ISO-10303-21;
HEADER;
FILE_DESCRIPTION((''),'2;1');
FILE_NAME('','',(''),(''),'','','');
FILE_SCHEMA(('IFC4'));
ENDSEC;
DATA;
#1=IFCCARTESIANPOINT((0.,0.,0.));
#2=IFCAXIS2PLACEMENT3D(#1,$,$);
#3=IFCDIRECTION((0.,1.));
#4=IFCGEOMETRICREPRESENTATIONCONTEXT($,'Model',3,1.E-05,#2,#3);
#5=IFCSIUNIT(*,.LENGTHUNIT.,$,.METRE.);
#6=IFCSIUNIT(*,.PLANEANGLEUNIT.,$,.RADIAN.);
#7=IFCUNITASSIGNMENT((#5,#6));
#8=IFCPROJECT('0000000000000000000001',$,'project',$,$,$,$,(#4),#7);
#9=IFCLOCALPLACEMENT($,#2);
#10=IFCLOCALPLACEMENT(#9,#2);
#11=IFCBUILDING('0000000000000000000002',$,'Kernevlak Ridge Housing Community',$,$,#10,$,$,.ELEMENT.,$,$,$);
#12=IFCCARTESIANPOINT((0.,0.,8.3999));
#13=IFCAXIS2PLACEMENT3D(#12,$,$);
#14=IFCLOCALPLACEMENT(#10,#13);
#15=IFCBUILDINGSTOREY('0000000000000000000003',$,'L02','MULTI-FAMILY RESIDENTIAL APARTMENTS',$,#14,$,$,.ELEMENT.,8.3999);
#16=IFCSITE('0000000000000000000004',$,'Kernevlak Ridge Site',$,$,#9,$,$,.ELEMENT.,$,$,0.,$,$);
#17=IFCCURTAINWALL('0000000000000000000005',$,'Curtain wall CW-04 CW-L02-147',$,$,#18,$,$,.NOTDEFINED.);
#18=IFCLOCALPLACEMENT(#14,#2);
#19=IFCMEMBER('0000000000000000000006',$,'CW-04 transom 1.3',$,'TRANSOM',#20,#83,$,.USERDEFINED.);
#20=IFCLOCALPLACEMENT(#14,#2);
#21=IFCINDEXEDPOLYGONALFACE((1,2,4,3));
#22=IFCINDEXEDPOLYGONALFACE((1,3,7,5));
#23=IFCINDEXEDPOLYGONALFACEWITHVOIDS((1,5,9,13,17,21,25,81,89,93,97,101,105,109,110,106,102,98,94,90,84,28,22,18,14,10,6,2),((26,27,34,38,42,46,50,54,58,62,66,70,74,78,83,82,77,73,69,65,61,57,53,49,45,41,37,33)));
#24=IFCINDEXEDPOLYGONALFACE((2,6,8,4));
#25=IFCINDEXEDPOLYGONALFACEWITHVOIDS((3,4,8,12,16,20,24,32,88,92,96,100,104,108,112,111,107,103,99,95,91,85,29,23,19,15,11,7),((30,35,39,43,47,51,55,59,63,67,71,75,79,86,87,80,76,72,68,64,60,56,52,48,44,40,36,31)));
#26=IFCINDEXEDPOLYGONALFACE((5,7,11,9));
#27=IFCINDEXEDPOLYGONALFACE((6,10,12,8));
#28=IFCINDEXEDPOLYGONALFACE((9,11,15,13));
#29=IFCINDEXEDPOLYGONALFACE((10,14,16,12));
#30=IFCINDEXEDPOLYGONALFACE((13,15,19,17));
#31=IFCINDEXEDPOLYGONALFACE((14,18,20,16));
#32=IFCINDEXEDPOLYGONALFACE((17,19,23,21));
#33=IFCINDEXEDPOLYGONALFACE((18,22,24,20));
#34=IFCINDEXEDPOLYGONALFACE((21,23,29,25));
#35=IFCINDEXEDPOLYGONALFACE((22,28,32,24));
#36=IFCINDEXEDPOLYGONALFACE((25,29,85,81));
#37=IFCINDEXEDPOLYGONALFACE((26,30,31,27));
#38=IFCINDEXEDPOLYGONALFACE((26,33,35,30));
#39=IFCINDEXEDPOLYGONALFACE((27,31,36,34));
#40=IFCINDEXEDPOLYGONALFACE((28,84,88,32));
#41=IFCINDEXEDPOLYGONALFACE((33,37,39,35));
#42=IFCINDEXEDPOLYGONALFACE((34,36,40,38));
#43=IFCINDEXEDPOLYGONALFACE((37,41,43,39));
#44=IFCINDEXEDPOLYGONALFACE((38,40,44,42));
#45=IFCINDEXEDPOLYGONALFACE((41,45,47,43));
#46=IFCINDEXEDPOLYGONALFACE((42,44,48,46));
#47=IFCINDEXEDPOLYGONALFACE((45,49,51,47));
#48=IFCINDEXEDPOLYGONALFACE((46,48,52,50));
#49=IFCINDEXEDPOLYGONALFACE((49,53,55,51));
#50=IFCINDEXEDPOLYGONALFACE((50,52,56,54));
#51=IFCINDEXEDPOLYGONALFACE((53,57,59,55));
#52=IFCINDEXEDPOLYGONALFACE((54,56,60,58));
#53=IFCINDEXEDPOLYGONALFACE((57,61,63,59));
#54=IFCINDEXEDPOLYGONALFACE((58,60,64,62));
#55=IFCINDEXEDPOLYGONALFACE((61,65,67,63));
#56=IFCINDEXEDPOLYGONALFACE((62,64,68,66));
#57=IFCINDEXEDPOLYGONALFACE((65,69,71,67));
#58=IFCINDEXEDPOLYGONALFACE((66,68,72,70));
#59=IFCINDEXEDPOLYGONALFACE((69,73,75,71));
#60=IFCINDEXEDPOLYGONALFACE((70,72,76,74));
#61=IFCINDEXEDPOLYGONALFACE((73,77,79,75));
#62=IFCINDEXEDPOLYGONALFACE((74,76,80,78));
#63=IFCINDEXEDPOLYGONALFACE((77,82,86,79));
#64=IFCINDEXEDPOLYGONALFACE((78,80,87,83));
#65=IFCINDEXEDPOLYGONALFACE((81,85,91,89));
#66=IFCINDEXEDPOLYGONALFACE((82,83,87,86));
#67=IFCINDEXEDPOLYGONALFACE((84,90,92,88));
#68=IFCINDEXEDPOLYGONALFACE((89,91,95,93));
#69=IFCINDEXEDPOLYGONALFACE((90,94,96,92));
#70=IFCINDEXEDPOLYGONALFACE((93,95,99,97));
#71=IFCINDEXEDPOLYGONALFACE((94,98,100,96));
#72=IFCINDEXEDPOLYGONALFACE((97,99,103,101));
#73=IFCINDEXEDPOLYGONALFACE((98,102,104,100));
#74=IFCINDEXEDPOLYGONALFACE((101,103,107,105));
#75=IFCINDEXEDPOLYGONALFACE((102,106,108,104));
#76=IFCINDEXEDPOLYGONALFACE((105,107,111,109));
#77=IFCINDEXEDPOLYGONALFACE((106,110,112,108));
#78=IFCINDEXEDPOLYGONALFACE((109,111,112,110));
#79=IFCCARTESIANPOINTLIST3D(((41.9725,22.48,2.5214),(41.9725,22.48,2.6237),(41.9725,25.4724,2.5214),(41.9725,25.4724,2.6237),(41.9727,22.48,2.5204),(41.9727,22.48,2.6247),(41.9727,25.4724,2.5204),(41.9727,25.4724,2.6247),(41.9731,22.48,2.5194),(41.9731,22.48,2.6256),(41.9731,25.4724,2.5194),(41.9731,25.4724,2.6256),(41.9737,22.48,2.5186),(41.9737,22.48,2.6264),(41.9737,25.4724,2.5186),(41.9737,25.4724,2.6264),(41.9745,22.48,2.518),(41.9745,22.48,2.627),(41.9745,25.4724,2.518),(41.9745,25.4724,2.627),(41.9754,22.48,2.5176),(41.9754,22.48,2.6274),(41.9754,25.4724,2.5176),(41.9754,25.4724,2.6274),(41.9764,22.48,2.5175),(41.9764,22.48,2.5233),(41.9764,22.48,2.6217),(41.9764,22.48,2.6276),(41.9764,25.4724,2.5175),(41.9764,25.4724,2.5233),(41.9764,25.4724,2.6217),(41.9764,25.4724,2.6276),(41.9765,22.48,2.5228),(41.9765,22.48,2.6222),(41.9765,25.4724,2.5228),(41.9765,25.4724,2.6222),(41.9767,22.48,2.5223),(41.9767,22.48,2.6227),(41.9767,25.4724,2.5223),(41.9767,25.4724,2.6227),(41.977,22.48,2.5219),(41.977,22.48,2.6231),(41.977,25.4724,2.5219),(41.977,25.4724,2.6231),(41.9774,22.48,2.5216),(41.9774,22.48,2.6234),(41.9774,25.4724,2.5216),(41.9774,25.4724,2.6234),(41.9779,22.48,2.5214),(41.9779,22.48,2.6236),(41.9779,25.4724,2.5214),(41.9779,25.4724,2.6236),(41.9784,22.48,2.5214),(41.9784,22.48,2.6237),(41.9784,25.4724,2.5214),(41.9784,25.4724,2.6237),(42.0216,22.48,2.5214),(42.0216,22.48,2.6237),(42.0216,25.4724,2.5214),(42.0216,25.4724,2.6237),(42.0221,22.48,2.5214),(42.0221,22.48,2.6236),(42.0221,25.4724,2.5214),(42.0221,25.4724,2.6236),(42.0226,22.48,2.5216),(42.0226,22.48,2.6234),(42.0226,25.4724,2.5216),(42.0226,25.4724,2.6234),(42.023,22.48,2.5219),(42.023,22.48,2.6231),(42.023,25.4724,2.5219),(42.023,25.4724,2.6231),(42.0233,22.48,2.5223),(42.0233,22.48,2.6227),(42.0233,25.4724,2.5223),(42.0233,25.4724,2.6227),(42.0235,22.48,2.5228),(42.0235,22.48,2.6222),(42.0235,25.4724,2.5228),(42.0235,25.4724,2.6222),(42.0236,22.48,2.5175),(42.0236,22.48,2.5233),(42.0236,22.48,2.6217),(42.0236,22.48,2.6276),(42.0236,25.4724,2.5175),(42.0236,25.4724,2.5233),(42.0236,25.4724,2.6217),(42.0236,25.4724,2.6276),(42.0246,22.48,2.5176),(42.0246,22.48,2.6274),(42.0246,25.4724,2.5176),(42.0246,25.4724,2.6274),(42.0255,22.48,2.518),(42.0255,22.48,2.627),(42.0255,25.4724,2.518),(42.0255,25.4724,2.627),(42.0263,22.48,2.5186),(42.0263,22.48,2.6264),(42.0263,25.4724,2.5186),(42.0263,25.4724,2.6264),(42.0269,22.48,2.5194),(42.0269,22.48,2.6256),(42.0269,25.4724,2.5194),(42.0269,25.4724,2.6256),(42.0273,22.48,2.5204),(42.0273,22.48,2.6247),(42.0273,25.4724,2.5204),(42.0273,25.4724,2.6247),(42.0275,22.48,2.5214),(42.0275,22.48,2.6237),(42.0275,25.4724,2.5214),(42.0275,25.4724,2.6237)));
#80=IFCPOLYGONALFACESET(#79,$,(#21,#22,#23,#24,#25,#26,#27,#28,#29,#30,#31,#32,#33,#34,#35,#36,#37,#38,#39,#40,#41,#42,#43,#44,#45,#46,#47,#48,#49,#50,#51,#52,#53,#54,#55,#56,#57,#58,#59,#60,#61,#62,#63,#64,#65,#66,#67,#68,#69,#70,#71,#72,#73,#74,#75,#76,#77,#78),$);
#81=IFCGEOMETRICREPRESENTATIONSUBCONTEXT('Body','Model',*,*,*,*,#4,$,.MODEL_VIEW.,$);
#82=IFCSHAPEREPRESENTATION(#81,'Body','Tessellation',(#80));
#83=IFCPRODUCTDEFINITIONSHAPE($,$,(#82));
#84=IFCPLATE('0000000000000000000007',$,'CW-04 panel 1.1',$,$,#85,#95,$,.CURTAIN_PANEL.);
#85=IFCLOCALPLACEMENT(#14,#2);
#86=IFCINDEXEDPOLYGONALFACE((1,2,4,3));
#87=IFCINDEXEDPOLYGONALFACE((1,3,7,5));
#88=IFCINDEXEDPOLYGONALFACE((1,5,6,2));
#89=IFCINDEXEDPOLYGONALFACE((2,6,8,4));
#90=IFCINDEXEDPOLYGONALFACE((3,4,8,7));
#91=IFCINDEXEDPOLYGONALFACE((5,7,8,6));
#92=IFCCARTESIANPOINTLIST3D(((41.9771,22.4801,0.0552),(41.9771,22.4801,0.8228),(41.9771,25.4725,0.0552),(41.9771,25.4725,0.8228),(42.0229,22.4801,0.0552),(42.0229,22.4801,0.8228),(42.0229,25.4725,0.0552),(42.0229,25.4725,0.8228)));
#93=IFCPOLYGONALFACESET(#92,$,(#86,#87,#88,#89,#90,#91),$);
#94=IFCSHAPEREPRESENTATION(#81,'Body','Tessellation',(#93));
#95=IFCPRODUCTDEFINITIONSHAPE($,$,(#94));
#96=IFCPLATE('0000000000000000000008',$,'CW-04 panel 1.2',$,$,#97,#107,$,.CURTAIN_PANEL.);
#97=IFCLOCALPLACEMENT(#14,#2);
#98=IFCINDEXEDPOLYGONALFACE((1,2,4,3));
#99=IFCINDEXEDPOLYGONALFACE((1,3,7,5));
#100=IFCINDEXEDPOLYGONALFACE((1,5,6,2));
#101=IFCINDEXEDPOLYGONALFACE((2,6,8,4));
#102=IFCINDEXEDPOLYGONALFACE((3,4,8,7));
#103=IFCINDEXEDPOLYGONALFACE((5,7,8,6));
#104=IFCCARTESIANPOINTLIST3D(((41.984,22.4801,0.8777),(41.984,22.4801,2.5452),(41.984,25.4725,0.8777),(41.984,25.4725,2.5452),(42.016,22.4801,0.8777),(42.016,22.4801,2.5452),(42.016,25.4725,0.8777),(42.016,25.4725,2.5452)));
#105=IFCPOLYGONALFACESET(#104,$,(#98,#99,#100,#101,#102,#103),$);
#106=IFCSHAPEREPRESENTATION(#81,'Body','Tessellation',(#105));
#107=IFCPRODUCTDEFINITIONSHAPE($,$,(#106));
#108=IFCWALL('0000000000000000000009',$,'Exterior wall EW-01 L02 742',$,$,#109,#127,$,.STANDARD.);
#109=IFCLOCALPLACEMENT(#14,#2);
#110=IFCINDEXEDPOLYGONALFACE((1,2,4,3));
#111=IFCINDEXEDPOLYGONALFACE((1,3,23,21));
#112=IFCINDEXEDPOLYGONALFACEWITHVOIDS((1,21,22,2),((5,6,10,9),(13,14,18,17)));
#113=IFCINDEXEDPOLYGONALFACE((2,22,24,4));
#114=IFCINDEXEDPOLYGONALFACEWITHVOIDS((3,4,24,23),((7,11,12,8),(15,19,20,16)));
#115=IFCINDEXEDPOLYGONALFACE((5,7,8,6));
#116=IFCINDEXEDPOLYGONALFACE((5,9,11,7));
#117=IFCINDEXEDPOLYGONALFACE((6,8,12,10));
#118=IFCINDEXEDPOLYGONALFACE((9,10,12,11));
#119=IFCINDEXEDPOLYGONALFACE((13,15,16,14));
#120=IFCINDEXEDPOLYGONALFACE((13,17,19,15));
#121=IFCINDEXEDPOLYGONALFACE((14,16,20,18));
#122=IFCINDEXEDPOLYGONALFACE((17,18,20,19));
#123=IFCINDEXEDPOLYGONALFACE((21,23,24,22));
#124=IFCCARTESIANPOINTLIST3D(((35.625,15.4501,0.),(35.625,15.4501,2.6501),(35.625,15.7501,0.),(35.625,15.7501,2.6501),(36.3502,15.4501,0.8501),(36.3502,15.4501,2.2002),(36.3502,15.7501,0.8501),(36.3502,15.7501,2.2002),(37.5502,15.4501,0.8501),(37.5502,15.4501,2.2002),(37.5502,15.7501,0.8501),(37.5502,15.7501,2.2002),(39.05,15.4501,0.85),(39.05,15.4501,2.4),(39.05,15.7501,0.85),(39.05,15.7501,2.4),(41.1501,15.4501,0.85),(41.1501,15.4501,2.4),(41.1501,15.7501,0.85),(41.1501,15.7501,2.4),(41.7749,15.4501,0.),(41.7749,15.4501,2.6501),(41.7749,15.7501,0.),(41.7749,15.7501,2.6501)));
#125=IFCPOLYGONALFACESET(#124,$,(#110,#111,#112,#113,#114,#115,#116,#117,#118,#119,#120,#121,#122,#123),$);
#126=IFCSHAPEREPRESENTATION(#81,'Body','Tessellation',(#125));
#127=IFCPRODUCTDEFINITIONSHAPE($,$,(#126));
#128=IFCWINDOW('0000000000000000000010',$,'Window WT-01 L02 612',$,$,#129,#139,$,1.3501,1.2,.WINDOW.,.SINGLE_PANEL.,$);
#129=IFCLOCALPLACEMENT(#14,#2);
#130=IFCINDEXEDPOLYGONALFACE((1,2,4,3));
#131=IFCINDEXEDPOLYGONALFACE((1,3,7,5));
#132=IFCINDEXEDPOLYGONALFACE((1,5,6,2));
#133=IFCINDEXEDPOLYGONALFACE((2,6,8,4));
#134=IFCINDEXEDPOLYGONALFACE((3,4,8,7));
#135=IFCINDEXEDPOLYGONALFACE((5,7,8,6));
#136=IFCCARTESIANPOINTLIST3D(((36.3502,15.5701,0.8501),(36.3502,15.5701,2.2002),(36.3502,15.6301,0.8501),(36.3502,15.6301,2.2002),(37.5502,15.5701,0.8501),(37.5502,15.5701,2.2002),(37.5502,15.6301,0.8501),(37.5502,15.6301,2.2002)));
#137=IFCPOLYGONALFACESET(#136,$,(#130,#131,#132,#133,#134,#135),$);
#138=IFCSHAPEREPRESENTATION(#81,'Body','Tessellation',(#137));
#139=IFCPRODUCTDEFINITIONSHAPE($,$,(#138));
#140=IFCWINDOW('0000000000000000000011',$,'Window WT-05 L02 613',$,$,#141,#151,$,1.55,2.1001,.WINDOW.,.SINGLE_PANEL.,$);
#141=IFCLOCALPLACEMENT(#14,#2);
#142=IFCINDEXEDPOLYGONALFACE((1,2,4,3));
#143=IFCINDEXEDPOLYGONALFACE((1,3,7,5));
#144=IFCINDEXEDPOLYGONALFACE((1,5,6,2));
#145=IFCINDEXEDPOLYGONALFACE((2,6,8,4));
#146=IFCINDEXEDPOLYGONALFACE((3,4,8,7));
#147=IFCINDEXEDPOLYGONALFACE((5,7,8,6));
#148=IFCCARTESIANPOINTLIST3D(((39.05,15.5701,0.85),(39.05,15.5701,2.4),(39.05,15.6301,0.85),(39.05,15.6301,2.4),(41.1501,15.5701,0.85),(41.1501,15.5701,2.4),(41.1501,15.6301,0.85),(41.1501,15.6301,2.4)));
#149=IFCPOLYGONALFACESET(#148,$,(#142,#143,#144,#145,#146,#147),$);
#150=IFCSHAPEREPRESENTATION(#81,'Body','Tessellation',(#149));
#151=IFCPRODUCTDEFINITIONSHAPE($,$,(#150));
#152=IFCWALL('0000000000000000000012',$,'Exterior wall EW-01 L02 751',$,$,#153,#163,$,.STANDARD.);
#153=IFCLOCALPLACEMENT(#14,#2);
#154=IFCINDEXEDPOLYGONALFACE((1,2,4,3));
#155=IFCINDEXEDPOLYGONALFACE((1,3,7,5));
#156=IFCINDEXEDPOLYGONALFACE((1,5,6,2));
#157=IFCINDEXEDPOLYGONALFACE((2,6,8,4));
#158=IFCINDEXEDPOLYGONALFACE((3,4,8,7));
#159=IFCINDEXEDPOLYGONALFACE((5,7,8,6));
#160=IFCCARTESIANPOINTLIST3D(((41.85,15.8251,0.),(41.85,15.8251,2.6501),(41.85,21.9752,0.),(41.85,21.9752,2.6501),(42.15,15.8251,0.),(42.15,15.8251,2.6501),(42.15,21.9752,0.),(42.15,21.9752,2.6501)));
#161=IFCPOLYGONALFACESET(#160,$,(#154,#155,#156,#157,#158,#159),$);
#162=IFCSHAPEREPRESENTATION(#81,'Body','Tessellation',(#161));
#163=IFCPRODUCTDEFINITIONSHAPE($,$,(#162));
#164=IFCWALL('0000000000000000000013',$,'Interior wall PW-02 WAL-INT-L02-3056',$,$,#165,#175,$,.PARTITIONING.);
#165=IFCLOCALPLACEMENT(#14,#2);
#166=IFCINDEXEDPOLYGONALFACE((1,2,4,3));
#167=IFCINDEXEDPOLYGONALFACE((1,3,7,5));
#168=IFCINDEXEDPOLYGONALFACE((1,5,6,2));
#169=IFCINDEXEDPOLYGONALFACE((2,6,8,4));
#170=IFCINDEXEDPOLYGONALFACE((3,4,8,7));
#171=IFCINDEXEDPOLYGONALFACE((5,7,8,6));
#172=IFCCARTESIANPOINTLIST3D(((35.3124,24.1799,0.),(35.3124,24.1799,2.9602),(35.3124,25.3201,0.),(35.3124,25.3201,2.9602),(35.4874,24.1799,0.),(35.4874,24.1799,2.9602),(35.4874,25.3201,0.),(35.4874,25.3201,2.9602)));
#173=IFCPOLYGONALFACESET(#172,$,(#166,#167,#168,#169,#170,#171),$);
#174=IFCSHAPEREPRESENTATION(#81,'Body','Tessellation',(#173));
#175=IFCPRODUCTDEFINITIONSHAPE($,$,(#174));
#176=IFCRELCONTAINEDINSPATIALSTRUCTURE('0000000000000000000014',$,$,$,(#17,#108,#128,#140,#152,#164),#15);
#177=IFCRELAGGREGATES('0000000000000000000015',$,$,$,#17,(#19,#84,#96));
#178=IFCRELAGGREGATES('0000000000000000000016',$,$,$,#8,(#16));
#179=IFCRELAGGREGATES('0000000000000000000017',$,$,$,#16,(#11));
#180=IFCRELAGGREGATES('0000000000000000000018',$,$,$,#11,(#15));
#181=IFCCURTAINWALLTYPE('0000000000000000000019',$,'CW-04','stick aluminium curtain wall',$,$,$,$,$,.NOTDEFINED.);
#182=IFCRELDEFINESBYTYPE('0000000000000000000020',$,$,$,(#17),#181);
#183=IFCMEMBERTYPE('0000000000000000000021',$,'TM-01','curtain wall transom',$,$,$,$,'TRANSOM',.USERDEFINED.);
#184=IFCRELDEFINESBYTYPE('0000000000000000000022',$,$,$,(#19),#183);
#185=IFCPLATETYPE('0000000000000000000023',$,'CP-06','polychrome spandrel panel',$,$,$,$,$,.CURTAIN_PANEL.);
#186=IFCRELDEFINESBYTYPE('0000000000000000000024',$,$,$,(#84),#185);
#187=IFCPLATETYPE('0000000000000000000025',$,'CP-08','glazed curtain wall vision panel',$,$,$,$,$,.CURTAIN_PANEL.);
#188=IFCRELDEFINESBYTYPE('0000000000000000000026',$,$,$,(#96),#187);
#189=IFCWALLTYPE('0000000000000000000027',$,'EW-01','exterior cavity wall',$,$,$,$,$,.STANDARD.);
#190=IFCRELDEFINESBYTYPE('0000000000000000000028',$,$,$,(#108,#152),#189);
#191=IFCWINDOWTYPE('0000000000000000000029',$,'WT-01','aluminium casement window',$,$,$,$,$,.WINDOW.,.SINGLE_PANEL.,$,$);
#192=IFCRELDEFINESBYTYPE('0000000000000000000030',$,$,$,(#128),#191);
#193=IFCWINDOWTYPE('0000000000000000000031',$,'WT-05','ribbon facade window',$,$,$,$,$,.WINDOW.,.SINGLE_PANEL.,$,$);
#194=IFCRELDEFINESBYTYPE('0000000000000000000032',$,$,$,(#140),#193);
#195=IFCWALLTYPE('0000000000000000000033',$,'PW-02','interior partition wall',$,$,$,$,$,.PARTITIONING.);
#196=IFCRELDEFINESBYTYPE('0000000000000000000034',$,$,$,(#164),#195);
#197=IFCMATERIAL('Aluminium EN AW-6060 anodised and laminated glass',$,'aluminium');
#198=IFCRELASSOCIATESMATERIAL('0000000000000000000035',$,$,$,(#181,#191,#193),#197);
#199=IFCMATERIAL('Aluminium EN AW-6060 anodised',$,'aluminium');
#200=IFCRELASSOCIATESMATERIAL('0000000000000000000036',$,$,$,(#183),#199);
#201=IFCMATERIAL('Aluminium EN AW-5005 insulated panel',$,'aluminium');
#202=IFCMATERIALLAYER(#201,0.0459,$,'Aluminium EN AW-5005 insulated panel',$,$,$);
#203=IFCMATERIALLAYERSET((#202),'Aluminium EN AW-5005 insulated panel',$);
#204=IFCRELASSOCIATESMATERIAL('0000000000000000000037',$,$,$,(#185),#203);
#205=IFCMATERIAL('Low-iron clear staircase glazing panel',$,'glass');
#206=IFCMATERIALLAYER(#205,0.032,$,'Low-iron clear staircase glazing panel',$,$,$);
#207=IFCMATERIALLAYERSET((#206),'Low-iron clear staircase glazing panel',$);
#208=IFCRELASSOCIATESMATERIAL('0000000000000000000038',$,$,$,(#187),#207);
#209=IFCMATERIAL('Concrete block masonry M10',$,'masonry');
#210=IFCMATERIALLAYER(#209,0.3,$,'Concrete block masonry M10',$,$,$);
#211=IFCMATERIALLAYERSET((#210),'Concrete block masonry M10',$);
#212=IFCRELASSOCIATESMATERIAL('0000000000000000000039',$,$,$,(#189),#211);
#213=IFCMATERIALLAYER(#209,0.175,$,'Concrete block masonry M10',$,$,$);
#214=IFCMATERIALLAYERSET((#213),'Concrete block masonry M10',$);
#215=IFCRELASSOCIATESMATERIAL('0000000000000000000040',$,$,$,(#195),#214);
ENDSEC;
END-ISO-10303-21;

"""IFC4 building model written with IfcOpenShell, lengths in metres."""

from ifc_helpers import new_model, si_unit, direction, frame, frame_2d, origin, origin_2d, place, context, subcontext, project, spatial, rectangle, hollow_rectangle, extrude, material, layer, layer_set, material_profile, profile_set, type_object, element, fill, aggregate, save


model = new_model("IFC4")

# Units and contexts
model_context = context("Model", 3, precision=1e-05, world=origin(), true_north=direction((0.0, 1.0)))
body_context = subcontext(model_context, "Body", "Model", "MODEL_VIEW")
ifc_project = project(units=[si_unit("LENGTHUNIT", "METRE"), si_unit("PLANEANGLEUNIT", "RADIAN")], contexts=[model_context])

# Site, building, storey
site_placement = place(None, origin())
site = spatial("IfcSite", under=ifc_project, at=site_placement, Name="Kernevlak Ridge Site", CompositionType="ELEMENT", RefElevation=0.0)
building_placement = place(site_placement, origin())
building = spatial("IfcBuilding", under=site, at=building_placement, Name="Kernevlak Ridge Housing Community", CompositionType="ELEMENT")
storey_placement = place(building_placement, frame((0.0, 0.0, 8.3999)))
storey = spatial("IfcBuildingStorey", under=building, at=storey_placement, Name="L02", Description="MULTI-FAMILY RESIDENTIAL APARTMENTS", CompositionType="ELEMENT", Elevation=8.3999)

# Curtain wall
ifc_material_1 = material(Name="Aluminium EN AW-6060 anodised and laminated glass", Category="aluminium")
curtain_wall_type = type_object("IfcCurtainWallType", Name="CW-04", Description="stick aluminium curtain wall", PredefinedType="NOTDEFINED", material=ifc_material_1)
curtain_wall_placement = place(storey_placement, origin())
curtain_wall = element("IfcCurtainWall", 1, at=curtain_wall_placement, inside=storey, type_object=curtain_wall_type, Name="Curtain wall CW-04 CW-L02-147", PredefinedType="NOTDEFINED")
ifc_material_2 = material(Name="Aluminium EN AW-6060 anodised", Category="aluminium")

# Member
ifc_material_profile_1 = material_profile(ifc_material_2, hollow_rectangle(XDim=0.0549, YDim=0.1101, WallThickness=0.0039, InnerFilletRadius=0.002, OuterFilletRadius=0.0039, at=origin_2d()), Name="ALU 55x110x4")
ifc_profile_set_1 = profile_set([ifc_material_profile_1], Name="Aluminium EN AW-6060 anodised")
member_type_1 = type_object("IfcMemberType", Name="TM-01", Description="curtain wall transom", ElementType="TRANSOM", PredefinedType="USERDEFINED", material=ifc_profile_set_1)
member_1_placement = place(storey_placement, frame((42.0, 22.48, 2.5725), z_axis=(0.0, 1.0, 0.0), x_axis=(-1.0, 0.0, 0.0)))
member_1 = element("IfcMember", 2, at=member_1_placement, type_object=member_type_1, Name="CW-04 transom 1.3", ObjectType="TRANSOM", PredefinedType="USERDEFINED", context=body_context, shape_type="SweptSolid", body=[
    extrude(hollow_rectangle(XDim=0.0549, YDim=0.1101, WallThickness=0.0039, InnerFilletRadius=0.002, OuterFilletRadius=0.0039, at=origin_2d()), origin(), (0.0, 0.0, 1.0), 2.9924),
])

# Plates
ifc_material_3 = material(Name="Aluminium EN AW-5005 insulated panel", Category="aluminium")
ifc_layer_1 = layer(ifc_material_3, 0.0459, Name="Aluminium EN AW-5005 insulated panel")
ifc_layer_set_1 = layer_set([ifc_layer_1], Name="Aluminium EN AW-5005 insulated panel")
plate_type_1 = type_object("IfcPlateType", Name="CP-06", Description="polychrome spandrel panel", PredefinedType="CURTAIN_PANEL", material=ifc_layer_set_1)
plate_1_placement = place(storey_placement, frame((42.0, 23.9763, 0.0552), z_axis=(0.0, 0.0, 1.0), x_axis=(0.0, 1.0, 0.0)))
plate_1 = element("IfcPlate", 3, at=plate_1_placement, type_object=plate_type_1, Name="CW-04 panel 1.1", PredefinedType="CURTAIN_PANEL", context=body_context, shape_type="SweptSolid", body=[
    extrude(rectangle(XDim=2.9924, YDim=0.0459, at=origin_2d()), origin(), (0.0, 0.0, 1.0), 0.7676),
])
ifc_material_4 = material(Name="Low-iron clear staircase glazing panel", Category="glass")
ifc_layer_2 = layer(ifc_material_4, 0.032, Name="Low-iron clear staircase glazing panel")
ifc_layer_set_2 = layer_set([ifc_layer_2], Name="Low-iron clear staircase glazing panel")
plate_type_2 = type_object("IfcPlateType", Name="CP-08", Description="glazed curtain wall vision panel", PredefinedType="CURTAIN_PANEL", material=ifc_layer_set_2)
plate_2_placement = place(storey_placement, frame((42.0, 23.9763, 0.8777), z_axis=(0.0, 0.0, 1.0), x_axis=(0.0, 1.0, 0.0)))
plate_2 = element("IfcPlate", 4, at=plate_2_placement, type_object=plate_type_2, Name="CW-04 panel 1.2", PredefinedType="CURTAIN_PANEL", context=body_context, shape_type="SweptSolid", body=[
    extrude(rectangle(XDim=2.9924, YDim=0.032, at=origin_2d()), origin(), (0.0, 0.0, 1.0), 1.6675),
])
aggregate(curtain_wall, [member_1, plate_1, plate_2])

# Wall, openings, windows
ifc_material_5 = material(Name="Concrete block masonry M10", Category="masonry")
ifc_layer_3 = layer(ifc_material_5, 0.3, Name="Concrete block masonry M10")
ifc_layer_set_3 = layer_set([ifc_layer_3], Name="Concrete block masonry M10")
wall_type_1 = type_object("IfcWallType", Name="EW-01", Description="exterior cavity wall", PredefinedType="STANDARD", material=ifc_layer_set_3)
wall_1_placement = place(storey_placement, frame((35.625, 15.6001, 0.0), z_axis=(0.0, 0.0, 1.0), x_axis=(1.0, 0.0, 0.0)))
wall_1 = element("IfcWall", 5, at=wall_1_placement, inside=storey, type_object=wall_type_1, Name="Exterior wall EW-01 L02 742", PredefinedType="STANDARD", context=body_context, shape_type="SweptSolid", body=[
    extrude(rectangle(XDim=6.1499, YDim=0.3, at=frame_2d((3.075, 0.0))), origin(), (0.0, 0.0, 1.0), 2.6501),
])
opening_1_placement = place(wall_1_placement, frame((0.7251, 0.0, 0.8501)))
opening_1 = element("IfcOpeningElement", 6, at=opening_1_placement, cuts=wall_1, PredefinedType="OPENING", context=body_context, shape_type="SweptSolid", body=[
    extrude(rectangle(XDim=1.2, YDim=1.3501, at=frame_2d((0.6001, 0.675))), frame((0.0, 0.1599, 0.0), z_axis=(0.0, -1.0, 0.0), x_axis=(1.0, 0.0, 0.0)), (0.0, 0.0, 1.0), 0.3201),
])
opening_2_placement = place(wall_1_placement, frame((3.425, 0.0, 0.8501)))
opening_2 = element("IfcOpeningElement", 7, at=opening_2_placement, cuts=wall_1, PredefinedType="OPENING", context=body_context, shape_type="SweptSolid", body=[
    extrude(rectangle(XDim=2.1001, YDim=1.55, at=frame_2d((1.05, 0.7749))), frame((0.0, 0.1599, 0.0), z_axis=(0.0, -1.0, 0.0), x_axis=(1.0, 0.0, 0.0)), (0.0, 0.0, 1.0), 0.3201),
])
window_type_1 = type_object("IfcWindowType", Name="WT-01", Description="aluminium casement window", PartitioningType="SINGLE_PANEL", PredefinedType="WINDOW", material=ifc_material_1)
window_1_placement = place(opening_1_placement, origin())
window_1 = element("IfcWindow", 8, at=window_1_placement, inside=storey, type_object=window_type_1, Name="Window WT-01 L02 612", OverallHeight=1.3501, OverallWidth=1.2, PartitioningType="SINGLE_PANEL", PredefinedType="WINDOW", context=body_context, shape_type="SweptSolid", body=[
    extrude(rectangle(XDim=1.2, YDim=1.3501, at=frame_2d((0.6001, 0.675))), frame((0.0, 0.03, 0.0), z_axis=(0.0, -1.0, 0.0), x_axis=(1.0, 0.0, 0.0)), (0.0, 0.0, 1.0), 0.0601),
])
fill(opening_1, window_1)
window_type_2 = type_object("IfcWindowType", Name="WT-05", Description="ribbon facade window", PartitioningType="SINGLE_PANEL", PredefinedType="WINDOW", material=ifc_material_1)
window_2_placement = place(opening_2_placement, origin())
window_2 = element("IfcWindow", 9, at=window_2_placement, inside=storey, type_object=window_type_2, Name="Window WT-05 L02 613", OverallHeight=1.55, OverallWidth=2.1001, PartitioningType="SINGLE_PANEL", PredefinedType="WINDOW", context=body_context, shape_type="SweptSolid", body=[
    extrude(rectangle(XDim=2.1001, YDim=1.55, at=frame_2d((1.05, 0.7749))), frame((0.0, 0.03, 0.0), z_axis=(0.0, -1.0, 0.0), x_axis=(1.0, 0.0, 0.0)), (0.0, 0.0, 1.0), 0.0601),
])
fill(opening_2, window_2)

# Walls
wall_2_placement = place(storey_placement, frame((42.0, 15.825, 0.0), z_axis=(0.0, 0.0, 1.0), x_axis=(0.0, 1.0, 0.0)))
element("IfcWall", 10, at=wall_2_placement, inside=storey, type_object=wall_type_1, Name="Exterior wall EW-01 L02 751", PredefinedType="STANDARD", context=body_context, shape_type="SweptSolid", body=[
    extrude(rectangle(XDim=6.1501, YDim=0.3, at=frame_2d((3.0752, 0.0))), origin(), (0.0, 0.0, 1.0), 2.6501),
])
ifc_layer_4 = layer(ifc_material_5, 0.175, Name="Concrete block masonry M10")
ifc_layer_set_4 = layer_set([ifc_layer_4], Name="Concrete block masonry M10")
wall_type_2 = type_object("IfcWallType", Name="PW-02", Description="interior partition wall", PredefinedType="PARTITIONING", material=ifc_layer_set_4)
wall_3_placement = place(storey_placement, frame((35.3999, 24.1799, 0.0), z_axis=(0.0, 0.0, 1.0), x_axis=(0.0, 1.0, 0.0)))
element("IfcWall", 11, at=wall_3_placement, inside=storey, type_object=wall_type_2, Name="Interior wall PW-02 WAL-INT-L02-3056", PredefinedType="PARTITIONING", context=body_context, shape_type="SweptSolid", body=[
    extrude(rectangle(XDim=1.1401, YDim=0.175, at=frame_2d((0.5701, 0.0))), origin(), (0.0, 0.0, 1.0), 2.9602),
])

save(model, "model.ifc")
